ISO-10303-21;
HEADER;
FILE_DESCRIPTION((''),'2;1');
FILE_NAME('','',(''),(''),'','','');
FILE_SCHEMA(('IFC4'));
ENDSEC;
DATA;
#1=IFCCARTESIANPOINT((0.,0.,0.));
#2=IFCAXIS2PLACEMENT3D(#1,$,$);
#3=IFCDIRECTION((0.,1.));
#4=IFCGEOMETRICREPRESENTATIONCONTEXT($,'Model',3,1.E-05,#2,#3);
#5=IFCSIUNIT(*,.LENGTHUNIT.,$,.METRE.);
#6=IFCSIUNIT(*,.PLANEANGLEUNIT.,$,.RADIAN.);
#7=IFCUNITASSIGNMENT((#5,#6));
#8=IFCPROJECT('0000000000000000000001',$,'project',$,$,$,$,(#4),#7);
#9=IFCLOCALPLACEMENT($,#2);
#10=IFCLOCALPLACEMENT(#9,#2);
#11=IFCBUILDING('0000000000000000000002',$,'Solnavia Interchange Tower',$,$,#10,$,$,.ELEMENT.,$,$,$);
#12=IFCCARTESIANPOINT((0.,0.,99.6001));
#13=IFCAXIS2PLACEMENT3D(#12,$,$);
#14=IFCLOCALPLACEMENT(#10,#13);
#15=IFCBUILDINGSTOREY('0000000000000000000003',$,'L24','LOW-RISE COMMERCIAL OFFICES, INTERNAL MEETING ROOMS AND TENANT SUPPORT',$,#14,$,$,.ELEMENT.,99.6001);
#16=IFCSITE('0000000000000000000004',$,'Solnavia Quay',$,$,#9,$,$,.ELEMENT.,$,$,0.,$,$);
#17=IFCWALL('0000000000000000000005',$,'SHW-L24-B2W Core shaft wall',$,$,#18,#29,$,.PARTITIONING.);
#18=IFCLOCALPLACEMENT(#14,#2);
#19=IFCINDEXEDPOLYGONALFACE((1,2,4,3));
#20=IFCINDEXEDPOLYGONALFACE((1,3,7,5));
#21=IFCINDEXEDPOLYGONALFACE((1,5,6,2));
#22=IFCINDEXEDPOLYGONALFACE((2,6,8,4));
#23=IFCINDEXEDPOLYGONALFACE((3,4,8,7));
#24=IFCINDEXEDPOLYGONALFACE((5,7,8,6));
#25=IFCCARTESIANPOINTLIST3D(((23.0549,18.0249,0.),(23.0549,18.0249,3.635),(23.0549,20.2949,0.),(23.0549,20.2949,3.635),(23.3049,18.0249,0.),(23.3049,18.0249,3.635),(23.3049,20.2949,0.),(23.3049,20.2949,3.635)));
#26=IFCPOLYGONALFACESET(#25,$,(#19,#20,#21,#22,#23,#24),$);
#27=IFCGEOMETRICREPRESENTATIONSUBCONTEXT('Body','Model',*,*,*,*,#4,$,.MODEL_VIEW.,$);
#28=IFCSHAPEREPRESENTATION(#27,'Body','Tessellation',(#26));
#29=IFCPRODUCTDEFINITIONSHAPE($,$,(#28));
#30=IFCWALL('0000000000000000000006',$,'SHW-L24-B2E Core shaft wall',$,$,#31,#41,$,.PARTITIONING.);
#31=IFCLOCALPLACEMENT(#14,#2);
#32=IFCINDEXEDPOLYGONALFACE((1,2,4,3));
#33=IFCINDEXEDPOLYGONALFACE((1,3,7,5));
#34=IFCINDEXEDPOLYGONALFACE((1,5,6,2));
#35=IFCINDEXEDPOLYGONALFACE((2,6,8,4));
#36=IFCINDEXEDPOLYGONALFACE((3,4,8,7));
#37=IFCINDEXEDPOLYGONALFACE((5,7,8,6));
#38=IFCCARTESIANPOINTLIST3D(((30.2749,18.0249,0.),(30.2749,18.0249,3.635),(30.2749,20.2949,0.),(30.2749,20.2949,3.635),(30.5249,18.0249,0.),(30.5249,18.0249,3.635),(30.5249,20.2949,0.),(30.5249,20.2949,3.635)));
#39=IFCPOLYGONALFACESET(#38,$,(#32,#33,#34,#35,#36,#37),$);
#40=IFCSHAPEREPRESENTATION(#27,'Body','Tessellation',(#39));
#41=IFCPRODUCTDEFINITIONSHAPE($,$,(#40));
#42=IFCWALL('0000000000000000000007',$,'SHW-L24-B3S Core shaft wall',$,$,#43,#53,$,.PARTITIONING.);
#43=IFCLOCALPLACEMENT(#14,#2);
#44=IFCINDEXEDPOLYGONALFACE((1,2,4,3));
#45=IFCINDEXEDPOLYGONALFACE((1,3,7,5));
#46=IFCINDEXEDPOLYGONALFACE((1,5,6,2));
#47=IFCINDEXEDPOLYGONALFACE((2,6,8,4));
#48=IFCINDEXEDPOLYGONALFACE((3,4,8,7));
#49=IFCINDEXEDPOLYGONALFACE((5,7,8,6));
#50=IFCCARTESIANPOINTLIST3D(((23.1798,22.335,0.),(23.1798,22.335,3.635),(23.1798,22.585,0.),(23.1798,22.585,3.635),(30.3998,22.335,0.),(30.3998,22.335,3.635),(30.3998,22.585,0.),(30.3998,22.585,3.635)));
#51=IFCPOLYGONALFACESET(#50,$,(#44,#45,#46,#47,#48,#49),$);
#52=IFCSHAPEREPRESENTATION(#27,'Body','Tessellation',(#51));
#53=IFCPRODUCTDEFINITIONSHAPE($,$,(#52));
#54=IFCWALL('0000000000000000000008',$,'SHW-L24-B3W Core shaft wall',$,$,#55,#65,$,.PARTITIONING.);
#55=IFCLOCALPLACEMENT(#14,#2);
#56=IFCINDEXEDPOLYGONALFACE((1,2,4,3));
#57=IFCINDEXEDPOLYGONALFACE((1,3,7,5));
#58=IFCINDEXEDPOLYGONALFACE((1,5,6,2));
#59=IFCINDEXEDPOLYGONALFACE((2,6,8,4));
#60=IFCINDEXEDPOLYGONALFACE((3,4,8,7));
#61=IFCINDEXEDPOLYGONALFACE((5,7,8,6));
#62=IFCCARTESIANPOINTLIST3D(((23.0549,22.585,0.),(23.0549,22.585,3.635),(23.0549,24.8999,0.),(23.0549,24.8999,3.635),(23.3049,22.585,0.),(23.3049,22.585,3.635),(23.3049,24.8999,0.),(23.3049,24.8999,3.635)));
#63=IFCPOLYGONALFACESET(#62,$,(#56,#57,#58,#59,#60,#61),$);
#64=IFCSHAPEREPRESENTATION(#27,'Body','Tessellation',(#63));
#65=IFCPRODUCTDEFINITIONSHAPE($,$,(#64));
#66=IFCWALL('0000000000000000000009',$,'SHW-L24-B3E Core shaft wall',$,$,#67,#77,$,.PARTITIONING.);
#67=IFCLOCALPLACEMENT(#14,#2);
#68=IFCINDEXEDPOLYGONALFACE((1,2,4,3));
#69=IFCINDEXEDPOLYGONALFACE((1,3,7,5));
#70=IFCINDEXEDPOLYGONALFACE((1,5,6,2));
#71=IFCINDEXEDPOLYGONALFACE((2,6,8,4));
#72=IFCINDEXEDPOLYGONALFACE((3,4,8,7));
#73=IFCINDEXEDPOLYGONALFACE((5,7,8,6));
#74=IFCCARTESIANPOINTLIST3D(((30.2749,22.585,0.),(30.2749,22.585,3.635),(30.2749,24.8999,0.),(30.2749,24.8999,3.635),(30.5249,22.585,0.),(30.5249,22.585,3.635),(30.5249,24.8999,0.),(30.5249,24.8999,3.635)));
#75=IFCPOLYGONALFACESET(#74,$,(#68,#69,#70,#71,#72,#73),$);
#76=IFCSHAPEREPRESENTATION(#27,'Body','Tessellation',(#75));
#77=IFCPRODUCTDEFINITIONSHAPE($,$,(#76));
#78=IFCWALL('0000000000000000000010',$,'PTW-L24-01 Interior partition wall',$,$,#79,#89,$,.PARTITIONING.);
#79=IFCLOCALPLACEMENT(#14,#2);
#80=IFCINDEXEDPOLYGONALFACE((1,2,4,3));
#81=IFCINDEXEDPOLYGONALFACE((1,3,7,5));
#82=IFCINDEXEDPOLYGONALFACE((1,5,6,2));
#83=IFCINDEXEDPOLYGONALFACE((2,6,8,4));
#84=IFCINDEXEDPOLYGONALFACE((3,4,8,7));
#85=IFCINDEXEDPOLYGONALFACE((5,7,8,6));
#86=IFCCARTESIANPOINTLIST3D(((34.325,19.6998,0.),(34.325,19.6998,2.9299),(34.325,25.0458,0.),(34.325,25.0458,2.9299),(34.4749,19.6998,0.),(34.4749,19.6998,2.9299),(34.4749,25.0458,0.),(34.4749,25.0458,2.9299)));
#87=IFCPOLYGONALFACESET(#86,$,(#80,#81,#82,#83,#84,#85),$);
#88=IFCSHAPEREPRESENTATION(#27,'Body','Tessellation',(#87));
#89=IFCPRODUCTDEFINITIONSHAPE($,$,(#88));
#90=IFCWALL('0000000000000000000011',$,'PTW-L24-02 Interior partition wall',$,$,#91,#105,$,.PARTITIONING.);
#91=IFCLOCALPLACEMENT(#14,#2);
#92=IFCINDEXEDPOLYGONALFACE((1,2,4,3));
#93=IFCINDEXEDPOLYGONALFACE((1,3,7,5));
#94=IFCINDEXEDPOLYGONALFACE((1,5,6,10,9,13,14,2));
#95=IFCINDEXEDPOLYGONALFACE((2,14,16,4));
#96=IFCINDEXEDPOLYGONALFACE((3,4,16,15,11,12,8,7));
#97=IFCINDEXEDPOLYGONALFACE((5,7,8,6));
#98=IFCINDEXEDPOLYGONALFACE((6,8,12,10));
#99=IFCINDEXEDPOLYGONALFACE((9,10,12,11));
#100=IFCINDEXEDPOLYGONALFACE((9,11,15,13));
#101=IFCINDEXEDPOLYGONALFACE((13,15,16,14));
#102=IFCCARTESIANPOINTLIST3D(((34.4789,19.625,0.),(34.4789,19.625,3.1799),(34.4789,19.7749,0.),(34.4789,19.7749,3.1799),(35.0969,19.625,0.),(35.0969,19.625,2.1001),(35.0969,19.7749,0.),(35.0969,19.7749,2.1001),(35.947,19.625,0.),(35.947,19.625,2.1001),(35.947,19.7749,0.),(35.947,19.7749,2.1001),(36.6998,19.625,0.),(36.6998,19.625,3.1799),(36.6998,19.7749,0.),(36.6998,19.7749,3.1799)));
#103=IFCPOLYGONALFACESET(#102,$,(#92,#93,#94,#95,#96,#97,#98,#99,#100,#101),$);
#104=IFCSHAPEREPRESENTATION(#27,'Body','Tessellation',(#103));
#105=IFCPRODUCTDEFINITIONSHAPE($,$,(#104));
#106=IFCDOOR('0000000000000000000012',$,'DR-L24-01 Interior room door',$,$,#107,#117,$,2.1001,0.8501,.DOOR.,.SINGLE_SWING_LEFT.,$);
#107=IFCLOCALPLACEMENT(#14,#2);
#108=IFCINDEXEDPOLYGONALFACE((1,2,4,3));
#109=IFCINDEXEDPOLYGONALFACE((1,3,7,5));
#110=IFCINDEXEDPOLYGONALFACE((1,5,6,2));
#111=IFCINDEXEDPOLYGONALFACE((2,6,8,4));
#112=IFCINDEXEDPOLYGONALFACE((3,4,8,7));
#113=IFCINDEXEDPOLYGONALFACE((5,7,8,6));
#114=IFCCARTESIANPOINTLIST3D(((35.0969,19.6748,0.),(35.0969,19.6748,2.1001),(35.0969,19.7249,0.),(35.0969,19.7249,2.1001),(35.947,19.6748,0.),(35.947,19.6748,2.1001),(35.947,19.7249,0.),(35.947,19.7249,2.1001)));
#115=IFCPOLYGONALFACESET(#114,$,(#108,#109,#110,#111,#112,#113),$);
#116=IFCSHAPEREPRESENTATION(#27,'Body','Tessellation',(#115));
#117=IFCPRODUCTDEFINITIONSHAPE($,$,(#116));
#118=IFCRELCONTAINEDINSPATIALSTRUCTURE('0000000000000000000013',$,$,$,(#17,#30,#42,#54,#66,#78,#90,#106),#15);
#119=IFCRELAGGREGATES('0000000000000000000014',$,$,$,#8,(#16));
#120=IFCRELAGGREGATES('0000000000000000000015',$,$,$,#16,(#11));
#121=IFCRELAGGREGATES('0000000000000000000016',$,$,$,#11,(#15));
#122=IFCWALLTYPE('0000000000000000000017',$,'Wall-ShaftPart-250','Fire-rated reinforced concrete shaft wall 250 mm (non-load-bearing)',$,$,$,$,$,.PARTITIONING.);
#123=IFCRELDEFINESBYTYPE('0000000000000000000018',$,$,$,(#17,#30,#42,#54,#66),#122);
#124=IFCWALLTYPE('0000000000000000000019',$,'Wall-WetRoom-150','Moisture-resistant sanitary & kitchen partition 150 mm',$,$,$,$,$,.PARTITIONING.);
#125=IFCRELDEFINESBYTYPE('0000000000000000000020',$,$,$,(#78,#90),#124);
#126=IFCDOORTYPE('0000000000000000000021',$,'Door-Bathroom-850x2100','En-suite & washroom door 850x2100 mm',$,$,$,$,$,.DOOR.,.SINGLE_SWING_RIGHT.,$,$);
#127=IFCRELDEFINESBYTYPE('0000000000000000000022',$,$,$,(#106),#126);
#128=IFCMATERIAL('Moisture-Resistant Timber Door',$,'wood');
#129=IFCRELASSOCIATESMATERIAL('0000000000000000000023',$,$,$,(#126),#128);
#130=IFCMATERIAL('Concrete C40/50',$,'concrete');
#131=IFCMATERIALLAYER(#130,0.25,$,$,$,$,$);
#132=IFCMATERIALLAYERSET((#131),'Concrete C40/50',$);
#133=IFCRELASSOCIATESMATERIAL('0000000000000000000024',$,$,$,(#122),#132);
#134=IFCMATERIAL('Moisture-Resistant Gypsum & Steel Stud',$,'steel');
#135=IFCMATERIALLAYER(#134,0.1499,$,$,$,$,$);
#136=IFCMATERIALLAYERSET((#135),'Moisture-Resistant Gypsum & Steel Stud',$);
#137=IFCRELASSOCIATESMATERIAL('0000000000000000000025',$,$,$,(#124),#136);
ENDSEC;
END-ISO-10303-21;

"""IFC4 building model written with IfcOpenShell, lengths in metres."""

from ifc_helpers import new_model, si_unit, direction, frame, frame_2d, origin, place, context, subcontext, project, spatial, rectangle, extrude, material, layer, layer_set, type_object, element, fill, save


model = new_model("IFC4")

# Units and contexts
model_context = context("Model", 3, precision=1e-05, world=origin(), true_north=direction((0.0, 1.0)))
body_context = subcontext(model_context, "Body", "Model", "MODEL_VIEW")
ifc_project = project(units=[si_unit("LENGTHUNIT", "METRE"), si_unit("PLANEANGLEUNIT", "RADIAN")], contexts=[model_context])

# Site, building, storey
site_placement = place(None, origin())
site = spatial("IfcSite", under=ifc_project, at=site_placement, Name="Solnavia Quay", CompositionType="ELEMENT", RefElevation=0.0)
building_placement = place(site_placement, origin())
building = spatial("IfcBuilding", under=site, at=building_placement, Name="Solnavia Interchange Tower", CompositionType="ELEMENT")
storey_placement = place(building_placement, frame((0.0, 0.0, 99.6001)))
storey = spatial("IfcBuildingStorey", under=building, at=storey_placement, Name="L24", Description="LOW-RISE COMMERCIAL OFFICES, INTERNAL MEETING ROOMS AND TENANT SUPPORT", CompositionType="ELEMENT", Elevation=99.6001)

# Shared definitions
ifc_material_1 = material(Name="Concrete C40/50", Category="concrete")

# Shared definitions
ifc_material_2 = material(Name="Moisture-Resistant Timber Door", Category="wood")
door_type_1 = type_object("IfcDoorType", Name="Door-Bathroom-850x2100", Description="En-suite & washroom door 850x2100 mm", OperationType="SINGLE_SWING_RIGHT", PredefinedType="DOOR", material=ifc_material_2)

# Shared definitions
ifc_layer_1 = layer(ifc_material_1, 0.25)
ifc_layer_set_1 = layer_set([ifc_layer_1], Name="Concrete C40/50")
wall_type_1 = type_object("IfcWallType", Name="Wall-ShaftPart-250", Description="Fire-rated reinforced concrete shaft wall 250 mm (non-load-bearing)", PredefinedType="PARTITIONING", material=ifc_layer_set_1)

# Walls
for number, where, z_axis, x_axis, name in (
    (1, (23.1799, 18.0249, 0.0), (0.0, 0.0, 1.0), (0.0, 1.0, 0.0), "SHW-L24-B2W Core shaft wall"),
    (2, (30.3999, 18.0249, 0.0), (0.0, 0.0, 1.0), (0.0, 1.0, 0.0), "SHW-L24-B2E Core shaft wall"),
):
    element("IfcWall", number, at=place(storey_placement, frame(where, z_axis=z_axis, x_axis=x_axis)), inside=storey, type_object=wall_type_1, Name=name, PredefinedType="PARTITIONING", context=body_context, shape_type="SweptSolid", body=[
        extrude(rectangle(XDim=2.27, YDim=0.25, at=frame_2d((1.135, 0.0))), origin(), (0.0, 0.0, 1.0), 3.635),
    ])
wall_1_placement = place(storey_placement, frame((23.1799, 22.46, 0.0), z_axis=(0.0, 0.0, 1.0), x_axis=(1.0, 0.0, 0.0)))
element("IfcWall", 3, at=wall_1_placement, inside=storey, type_object=wall_type_1, Name="SHW-L24-B3S Core shaft wall", PredefinedType="PARTITIONING", context=body_context, shape_type="SweptSolid", body=[
    extrude(rectangle(XDim=7.22, YDim=0.25, at=frame_2d((3.6099, 0.0))), origin(), (0.0, 0.0, 1.0), 3.635),
])
for number, where, z_axis, x_axis, name in (
    (4, (23.1799, 22.585, 0.0), (0.0, 0.0, 1.0), (0.0, 1.0, 0.0), "SHW-L24-B3W Core shaft wall"),
    (5, (30.3999, 22.585, 0.0), (0.0, 0.0, 1.0), (0.0, 1.0, 0.0), "SHW-L24-B3E Core shaft wall"),
):
    element("IfcWall", number, at=place(storey_placement, frame(where, z_axis=z_axis, x_axis=x_axis)), inside=storey, type_object=wall_type_1, Name=name, PredefinedType="PARTITIONING", context=body_context, shape_type="SweptSolid", body=[
        extrude(rectangle(XDim=2.3149, YDim=0.25, at=frame_2d((1.1575, 0.0))), origin(), (0.0, 0.0, 1.0), 3.635),
    ])
ifc_material_3 = material(Name="Moisture-Resistant Gypsum & Steel Stud", Category="steel")
ifc_layer_2 = layer(ifc_material_3, 0.1499)
ifc_layer_set_2 = layer_set([ifc_layer_2], Name="Moisture-Resistant Gypsum & Steel Stud")
wall_type_2 = type_object("IfcWallType", Name="Wall-WetRoom-150", Description="Moisture-resistant sanitary & kitchen partition 150 mm", PredefinedType="PARTITIONING", material=ifc_layer_set_2)
wall_2_placement = place(storey_placement, frame((34.3999, 19.7, 0.0), z_axis=(0.0, 0.0, 1.0), x_axis=(0.0, 1.0, 0.0)))
element("IfcWall", 6, at=wall_2_placement, inside=storey, type_object=wall_type_2, Name="PTW-L24-01 Interior partition wall", PredefinedType="PARTITIONING", context=body_context, shape_type="SweptSolid", body=[
    extrude(rectangle(XDim=5.3459, YDim=0.1499, at=frame_2d((2.6729, 0.0))), origin(), (0.0, 0.0, 1.0), 2.9299),
])

# Wall, opening, door
wall_3_placement = place(storey_placement, frame((34.479, 19.7, 0.0), z_axis=(0.0, 0.0, 1.0), x_axis=(1.0, 0.0, 0.0)))
wall_3 = element("IfcWall", 7, at=wall_3_placement, inside=storey, type_object=wall_type_2, Name="PTW-L24-02 Interior partition wall", PredefinedType="PARTITIONING", context=body_context, shape_type="SweptSolid", body=[
    extrude(rectangle(XDim=2.2209, YDim=0.1499, at=frame_2d((1.1104, 0.0))), origin(), (0.0, 0.0, 1.0), 3.1799),
])
opening_1_placement = place(wall_3_placement, frame((0.6179, 0.0, 0.0)))
opening_1 = element("IfcOpeningElement", 8, at=opening_1_placement, cuts=wall_3, PredefinedType="OPENING", context=body_context, shape_type="SweptSolid", body=[
    extrude(rectangle(XDim=0.8501, YDim=2.1001, at=frame_2d((0.425, 1.05))), frame((0.0, 0.085, 0.0), z_axis=(0.0, -1.0, 0.0), x_axis=(1.0, 0.0, 0.0)), (0.0, 0.0, 1.0), 0.1699),
])
door_1_placement = place(opening_1_placement, origin())
door_1 = element("IfcDoor", 9, at=door_1_placement, inside=storey, type_object=door_type_1, Name="DR-L24-01 Interior room door", OperationType="SINGLE_SWING_LEFT", OverallHeight=2.1001, OverallWidth=0.8501, PredefinedType="DOOR", context=body_context, shape_type="SweptSolid", body=[
    extrude(rectangle(XDim=0.8501, YDim=2.1001, at=frame_2d((0.425, 1.05))), frame((0.0, 0.0249, 0.0), z_axis=(0.0, -1.0, 0.0), x_axis=(1.0, 0.0, 0.0)), (0.0, 0.0, 1.0), 0.05),
])
fill(opening_1, door_1)

save(model, "model.ifc")
